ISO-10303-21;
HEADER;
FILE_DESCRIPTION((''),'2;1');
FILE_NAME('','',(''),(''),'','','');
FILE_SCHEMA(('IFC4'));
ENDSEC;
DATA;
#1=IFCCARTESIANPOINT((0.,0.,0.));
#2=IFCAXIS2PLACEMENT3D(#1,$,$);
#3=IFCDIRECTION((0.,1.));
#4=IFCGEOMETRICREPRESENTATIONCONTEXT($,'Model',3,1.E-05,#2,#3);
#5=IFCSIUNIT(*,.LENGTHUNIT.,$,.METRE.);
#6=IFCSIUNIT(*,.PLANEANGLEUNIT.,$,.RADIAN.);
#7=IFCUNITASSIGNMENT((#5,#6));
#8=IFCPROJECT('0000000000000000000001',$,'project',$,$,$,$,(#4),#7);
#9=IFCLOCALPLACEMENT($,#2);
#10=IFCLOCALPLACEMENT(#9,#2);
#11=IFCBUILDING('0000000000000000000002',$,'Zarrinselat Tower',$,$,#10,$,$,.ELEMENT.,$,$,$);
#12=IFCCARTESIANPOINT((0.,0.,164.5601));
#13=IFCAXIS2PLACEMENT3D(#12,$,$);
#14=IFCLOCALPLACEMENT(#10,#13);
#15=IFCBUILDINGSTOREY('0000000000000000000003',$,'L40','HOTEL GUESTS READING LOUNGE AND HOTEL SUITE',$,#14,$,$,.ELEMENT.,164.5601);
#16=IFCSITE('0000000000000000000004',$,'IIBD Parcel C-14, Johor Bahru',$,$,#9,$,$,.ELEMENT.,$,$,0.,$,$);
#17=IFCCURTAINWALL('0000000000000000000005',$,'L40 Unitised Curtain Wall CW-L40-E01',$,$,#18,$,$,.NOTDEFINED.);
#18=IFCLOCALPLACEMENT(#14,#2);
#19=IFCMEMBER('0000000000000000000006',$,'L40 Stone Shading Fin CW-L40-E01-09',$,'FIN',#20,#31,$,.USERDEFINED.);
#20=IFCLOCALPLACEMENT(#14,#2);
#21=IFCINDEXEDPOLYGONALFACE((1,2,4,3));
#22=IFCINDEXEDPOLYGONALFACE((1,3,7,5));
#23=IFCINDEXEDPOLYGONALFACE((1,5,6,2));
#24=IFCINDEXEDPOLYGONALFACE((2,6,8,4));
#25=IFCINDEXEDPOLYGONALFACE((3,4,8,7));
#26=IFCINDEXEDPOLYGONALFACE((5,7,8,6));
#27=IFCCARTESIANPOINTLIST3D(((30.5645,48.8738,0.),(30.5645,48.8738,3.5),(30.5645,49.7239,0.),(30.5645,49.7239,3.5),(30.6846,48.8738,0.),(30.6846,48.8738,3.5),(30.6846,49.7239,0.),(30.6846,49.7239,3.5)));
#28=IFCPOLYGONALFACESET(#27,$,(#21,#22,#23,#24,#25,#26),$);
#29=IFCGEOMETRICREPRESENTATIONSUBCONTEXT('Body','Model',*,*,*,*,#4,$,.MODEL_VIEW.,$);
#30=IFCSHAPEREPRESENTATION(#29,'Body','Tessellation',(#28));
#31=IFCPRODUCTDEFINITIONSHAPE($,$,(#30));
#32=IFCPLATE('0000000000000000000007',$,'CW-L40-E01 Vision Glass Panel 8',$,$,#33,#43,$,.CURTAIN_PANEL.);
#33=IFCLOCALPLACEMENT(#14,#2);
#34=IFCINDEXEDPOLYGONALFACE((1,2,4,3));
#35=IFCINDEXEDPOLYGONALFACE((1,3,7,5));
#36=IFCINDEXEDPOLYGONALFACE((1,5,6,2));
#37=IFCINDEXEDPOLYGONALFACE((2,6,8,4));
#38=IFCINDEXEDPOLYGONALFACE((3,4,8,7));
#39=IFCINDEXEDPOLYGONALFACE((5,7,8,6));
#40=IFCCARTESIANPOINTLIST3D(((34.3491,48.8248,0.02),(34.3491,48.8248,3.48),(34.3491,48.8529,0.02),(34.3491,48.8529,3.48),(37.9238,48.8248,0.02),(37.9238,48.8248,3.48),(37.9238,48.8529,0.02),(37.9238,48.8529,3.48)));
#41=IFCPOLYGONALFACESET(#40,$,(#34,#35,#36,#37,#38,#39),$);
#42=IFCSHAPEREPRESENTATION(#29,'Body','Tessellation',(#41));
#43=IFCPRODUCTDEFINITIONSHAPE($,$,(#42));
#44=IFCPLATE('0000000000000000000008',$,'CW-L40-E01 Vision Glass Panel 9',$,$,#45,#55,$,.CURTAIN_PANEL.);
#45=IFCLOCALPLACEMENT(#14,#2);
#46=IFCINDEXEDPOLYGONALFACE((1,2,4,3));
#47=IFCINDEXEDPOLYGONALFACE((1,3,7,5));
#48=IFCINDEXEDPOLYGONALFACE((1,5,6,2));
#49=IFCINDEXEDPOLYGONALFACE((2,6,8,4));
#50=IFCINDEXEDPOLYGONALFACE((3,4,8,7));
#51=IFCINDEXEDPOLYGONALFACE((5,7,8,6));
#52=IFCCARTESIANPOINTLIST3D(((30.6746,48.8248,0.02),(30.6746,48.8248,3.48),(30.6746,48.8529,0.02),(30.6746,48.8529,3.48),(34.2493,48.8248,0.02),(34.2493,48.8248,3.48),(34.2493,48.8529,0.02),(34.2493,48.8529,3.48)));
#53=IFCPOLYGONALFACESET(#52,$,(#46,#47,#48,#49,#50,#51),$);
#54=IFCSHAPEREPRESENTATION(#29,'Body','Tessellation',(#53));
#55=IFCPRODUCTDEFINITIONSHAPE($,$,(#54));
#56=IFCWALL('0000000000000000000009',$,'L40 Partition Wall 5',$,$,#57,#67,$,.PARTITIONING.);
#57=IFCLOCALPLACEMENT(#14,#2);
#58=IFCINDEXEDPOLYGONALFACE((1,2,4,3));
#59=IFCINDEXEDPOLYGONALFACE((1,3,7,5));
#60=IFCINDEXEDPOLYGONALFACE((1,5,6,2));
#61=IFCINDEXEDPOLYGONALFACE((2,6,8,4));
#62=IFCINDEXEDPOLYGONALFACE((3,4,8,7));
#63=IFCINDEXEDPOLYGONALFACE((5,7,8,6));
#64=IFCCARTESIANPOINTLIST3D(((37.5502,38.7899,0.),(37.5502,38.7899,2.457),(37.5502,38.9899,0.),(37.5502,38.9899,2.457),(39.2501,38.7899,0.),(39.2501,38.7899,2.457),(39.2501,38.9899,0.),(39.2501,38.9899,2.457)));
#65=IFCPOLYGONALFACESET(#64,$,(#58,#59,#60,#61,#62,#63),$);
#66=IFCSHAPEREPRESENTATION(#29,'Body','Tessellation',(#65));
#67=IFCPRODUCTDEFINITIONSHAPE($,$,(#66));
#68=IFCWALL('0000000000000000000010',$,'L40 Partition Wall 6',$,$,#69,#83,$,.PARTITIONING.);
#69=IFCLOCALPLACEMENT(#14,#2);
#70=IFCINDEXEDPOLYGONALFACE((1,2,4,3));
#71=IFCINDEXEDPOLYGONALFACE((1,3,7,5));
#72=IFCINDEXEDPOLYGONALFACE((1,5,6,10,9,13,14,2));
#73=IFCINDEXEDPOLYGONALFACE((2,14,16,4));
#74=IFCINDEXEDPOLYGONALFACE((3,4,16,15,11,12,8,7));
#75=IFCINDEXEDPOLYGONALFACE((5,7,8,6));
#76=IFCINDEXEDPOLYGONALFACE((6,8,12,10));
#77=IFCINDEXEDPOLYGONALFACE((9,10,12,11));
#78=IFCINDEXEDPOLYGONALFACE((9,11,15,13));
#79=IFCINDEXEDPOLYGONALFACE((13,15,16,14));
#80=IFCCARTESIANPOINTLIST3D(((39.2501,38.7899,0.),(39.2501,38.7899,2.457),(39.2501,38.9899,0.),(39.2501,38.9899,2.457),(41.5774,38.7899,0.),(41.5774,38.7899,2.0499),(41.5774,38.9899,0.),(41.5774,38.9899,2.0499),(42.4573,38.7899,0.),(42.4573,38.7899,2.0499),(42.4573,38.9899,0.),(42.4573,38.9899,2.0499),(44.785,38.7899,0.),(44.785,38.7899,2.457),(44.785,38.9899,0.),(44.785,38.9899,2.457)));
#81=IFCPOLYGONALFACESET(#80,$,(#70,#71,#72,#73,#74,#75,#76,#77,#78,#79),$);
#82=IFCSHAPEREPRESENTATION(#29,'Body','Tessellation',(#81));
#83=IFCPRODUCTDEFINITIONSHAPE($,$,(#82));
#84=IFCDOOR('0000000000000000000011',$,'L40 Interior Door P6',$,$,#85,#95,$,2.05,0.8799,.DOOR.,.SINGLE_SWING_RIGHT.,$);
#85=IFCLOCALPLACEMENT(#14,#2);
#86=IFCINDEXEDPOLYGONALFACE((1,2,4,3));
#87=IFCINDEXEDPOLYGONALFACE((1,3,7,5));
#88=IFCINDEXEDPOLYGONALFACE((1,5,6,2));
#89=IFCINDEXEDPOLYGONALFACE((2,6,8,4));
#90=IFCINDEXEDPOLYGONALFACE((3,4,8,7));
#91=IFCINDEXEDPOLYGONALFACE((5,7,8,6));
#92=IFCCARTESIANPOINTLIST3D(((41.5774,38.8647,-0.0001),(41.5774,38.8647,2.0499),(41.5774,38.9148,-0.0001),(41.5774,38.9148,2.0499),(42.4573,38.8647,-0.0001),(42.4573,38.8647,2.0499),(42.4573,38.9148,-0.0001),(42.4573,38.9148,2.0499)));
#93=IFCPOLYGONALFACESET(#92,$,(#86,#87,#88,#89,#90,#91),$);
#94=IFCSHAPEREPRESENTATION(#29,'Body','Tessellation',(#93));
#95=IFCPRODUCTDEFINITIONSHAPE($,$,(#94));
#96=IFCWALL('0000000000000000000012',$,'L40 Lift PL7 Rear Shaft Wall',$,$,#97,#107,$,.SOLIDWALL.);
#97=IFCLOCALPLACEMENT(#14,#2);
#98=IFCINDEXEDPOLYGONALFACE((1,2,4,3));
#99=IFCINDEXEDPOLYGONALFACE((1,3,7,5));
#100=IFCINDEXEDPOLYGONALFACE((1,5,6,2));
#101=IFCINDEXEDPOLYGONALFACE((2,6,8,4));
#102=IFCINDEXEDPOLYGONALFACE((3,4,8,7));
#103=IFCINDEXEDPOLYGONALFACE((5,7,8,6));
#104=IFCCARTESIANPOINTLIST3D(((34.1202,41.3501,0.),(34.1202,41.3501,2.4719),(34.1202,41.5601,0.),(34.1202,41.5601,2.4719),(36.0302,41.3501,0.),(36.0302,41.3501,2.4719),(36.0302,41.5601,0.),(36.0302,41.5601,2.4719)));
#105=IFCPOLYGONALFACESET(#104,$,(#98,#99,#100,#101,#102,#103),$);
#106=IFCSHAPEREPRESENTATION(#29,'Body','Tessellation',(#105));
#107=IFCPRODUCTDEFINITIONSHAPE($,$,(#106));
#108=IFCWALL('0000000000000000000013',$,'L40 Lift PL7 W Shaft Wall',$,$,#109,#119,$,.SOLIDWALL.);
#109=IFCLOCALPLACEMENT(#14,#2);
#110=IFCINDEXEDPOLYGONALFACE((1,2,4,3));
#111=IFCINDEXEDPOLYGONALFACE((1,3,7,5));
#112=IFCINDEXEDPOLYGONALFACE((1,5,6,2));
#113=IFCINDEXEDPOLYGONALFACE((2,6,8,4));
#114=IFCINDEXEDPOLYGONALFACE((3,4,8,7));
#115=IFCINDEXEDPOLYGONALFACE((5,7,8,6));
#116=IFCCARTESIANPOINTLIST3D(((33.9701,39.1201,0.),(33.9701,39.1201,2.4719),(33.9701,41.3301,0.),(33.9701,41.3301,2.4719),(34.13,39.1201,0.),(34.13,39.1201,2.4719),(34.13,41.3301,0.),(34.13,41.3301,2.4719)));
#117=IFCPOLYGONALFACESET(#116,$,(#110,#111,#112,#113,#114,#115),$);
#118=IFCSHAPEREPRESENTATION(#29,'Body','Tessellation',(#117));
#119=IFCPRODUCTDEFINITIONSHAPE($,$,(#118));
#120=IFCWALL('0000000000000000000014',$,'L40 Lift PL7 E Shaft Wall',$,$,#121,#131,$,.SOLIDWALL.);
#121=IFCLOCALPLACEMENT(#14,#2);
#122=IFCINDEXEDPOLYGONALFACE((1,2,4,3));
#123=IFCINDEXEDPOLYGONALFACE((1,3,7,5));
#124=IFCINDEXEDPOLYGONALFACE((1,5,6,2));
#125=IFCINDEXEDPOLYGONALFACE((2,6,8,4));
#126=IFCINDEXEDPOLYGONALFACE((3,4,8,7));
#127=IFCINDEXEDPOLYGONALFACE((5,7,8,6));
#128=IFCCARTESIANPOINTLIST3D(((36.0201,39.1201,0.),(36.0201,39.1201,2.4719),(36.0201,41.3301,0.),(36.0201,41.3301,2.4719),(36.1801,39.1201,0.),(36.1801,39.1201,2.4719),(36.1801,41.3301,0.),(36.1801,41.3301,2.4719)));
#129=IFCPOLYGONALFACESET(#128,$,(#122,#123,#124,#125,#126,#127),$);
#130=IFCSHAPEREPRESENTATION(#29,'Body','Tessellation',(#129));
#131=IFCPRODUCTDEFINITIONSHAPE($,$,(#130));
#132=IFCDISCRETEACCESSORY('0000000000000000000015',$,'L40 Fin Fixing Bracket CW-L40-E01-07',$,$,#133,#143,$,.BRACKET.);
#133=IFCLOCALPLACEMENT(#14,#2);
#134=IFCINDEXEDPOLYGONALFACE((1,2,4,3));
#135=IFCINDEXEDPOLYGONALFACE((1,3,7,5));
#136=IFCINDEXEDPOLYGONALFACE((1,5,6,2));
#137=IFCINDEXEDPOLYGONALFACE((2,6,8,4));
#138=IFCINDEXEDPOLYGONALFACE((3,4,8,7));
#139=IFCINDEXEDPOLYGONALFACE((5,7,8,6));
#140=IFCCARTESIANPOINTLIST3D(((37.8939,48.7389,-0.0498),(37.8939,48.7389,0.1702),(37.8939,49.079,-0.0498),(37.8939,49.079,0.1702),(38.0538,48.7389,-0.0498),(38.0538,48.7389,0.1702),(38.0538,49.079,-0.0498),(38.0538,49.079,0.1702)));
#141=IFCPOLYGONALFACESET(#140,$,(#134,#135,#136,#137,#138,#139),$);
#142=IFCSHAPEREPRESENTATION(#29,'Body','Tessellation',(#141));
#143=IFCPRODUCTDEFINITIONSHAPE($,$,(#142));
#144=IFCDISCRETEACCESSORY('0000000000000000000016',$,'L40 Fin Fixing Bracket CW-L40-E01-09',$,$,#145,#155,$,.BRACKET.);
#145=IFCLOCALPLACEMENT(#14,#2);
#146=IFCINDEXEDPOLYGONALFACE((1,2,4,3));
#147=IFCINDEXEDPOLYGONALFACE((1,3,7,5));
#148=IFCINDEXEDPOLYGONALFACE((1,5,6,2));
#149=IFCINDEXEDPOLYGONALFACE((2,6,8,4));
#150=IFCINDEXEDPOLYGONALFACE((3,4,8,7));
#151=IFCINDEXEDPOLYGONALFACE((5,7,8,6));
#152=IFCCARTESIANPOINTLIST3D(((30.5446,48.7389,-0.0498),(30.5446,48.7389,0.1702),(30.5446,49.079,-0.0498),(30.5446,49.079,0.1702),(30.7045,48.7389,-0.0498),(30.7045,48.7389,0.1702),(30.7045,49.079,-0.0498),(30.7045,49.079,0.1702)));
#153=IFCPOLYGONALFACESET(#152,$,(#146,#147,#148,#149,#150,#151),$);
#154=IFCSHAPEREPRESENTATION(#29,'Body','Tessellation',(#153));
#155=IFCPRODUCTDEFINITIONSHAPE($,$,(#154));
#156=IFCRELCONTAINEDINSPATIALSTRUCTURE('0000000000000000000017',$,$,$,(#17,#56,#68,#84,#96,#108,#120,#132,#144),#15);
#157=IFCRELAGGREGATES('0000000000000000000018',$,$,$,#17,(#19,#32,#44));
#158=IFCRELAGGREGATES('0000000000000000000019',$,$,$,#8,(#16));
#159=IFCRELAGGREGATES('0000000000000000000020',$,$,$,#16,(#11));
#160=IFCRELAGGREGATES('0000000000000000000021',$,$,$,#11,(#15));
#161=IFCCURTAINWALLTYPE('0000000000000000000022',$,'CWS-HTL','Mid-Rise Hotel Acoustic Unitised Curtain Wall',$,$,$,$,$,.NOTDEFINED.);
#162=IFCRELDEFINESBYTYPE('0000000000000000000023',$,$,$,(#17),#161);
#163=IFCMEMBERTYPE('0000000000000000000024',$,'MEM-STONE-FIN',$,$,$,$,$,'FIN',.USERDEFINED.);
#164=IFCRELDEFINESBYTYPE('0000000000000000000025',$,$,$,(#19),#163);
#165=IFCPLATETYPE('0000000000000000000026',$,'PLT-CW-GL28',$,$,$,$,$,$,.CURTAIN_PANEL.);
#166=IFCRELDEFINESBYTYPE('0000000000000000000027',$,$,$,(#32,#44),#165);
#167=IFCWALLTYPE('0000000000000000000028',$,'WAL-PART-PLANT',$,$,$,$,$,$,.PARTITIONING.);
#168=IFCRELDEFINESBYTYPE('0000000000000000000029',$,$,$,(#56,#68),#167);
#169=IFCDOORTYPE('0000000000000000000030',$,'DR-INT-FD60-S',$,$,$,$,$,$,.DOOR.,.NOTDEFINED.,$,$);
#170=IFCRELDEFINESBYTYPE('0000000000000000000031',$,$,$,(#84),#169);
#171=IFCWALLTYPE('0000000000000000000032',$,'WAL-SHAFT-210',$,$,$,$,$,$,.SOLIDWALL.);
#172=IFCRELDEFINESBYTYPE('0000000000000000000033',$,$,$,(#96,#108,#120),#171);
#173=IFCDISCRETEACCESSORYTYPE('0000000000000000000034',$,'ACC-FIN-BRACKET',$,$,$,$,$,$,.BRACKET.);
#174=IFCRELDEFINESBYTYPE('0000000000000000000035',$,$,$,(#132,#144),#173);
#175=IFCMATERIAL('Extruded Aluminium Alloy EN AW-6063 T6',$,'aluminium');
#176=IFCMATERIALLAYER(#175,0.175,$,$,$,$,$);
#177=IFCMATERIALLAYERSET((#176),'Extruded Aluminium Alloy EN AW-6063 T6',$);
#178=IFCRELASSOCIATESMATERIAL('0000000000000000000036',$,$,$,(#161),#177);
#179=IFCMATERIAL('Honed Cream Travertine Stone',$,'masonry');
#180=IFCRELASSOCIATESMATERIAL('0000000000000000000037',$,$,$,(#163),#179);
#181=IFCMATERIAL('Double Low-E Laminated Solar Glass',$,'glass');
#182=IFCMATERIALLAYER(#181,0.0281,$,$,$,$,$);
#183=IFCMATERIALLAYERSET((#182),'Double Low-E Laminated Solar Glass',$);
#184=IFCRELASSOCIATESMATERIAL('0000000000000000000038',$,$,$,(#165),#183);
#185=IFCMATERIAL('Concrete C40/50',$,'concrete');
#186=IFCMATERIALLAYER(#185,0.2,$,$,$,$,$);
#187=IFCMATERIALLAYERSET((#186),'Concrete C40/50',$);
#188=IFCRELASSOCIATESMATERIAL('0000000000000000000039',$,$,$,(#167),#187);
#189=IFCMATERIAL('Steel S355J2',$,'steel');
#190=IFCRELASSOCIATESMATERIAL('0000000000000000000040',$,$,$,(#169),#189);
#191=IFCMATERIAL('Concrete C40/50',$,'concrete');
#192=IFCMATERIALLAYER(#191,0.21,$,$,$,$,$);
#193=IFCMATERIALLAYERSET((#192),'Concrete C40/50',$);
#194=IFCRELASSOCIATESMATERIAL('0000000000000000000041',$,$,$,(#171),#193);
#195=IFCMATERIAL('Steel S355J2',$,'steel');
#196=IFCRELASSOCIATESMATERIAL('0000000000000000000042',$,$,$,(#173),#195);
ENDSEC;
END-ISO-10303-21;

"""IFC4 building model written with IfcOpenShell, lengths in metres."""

from ifc_helpers import new_model, si_unit, direction, frame, frame_2d, origin, origin_2d, place, context, subcontext, project, spatial, rectangle, extrude, material, layer, layer_set, material_profile, profile_set, type_object, element, fill, aggregate, save


model = new_model("IFC4")

# Units and contexts
model_context = context("Model", 3, precision=1e-05, world=origin(), true_north=direction((0.0, 1.0)))
body_context = subcontext(model_context, "Body", "Model", "MODEL_VIEW")
ifc_project = project(units=[si_unit("LENGTHUNIT", "METRE"), si_unit("PLANEANGLEUNIT", "RADIAN")], contexts=[model_context])

# Site, building, storey
site_placement = place(None, origin())
site = spatial("IfcSite", under=ifc_project, at=site_placement, Name="IIBD Parcel C-14, Johor Bahru", CompositionType="ELEMENT", RefElevation=0.0)
building_placement = place(site_placement, origin())
building = spatial("IfcBuilding", under=site, at=building_placement, Name="Zarrinselat Tower", CompositionType="ELEMENT")
storey_placement = place(building_placement, frame((0.0, 0.0, 164.5601)))
storey = spatial("IfcBuildingStorey", under=building, at=storey_placement, Name="L40", Description="HOTEL GUESTS READING LOUNGE AND HOTEL SUITE", CompositionType="ELEMENT", Elevation=164.5601)

# Curtain wall, member, plates
ifc_material_1 = material(Name="Extruded Aluminium Alloy EN AW-6063 T6", Category="aluminium")
ifc_layer_1 = layer(ifc_material_1, 0.175)
ifc_layer_set_1 = layer_set([ifc_layer_1], Name="Extruded Aluminium Alloy EN AW-6063 T6")
curtain_wall_type = type_object("IfcCurtainWallType", Name="CWS-HTL", Description="Mid-Rise Hotel Acoustic Unitised Curtain Wall", PredefinedType="NOTDEFINED", material=ifc_layer_set_1)
curtain_wall_placement = place(storey_placement, origin())
curtain_wall = element("IfcCurtainWall", 1, at=curtain_wall_placement, inside=storey, type_object=curtain_wall_type, Name="L40 Unitised Curtain Wall CW-L40-E01", PredefinedType="NOTDEFINED")
ifc_material_2 = material(Name="Honed Cream Travertine Stone", Category="masonry")
ifc_material_profile_1 = material_profile(ifc_material_2, rectangle(XDim=0.1201, YDim=0.8501, at=origin_2d()), Name="FIN 850x120")
ifc_profile_set_1 = profile_set([ifc_material_profile_1], Name="Honed Cream Travertine Stone")
member_type_1 = type_object("IfcMemberType", Name="MEM-STONE-FIN", ElementType="FIN", PredefinedType="USERDEFINED", material=ifc_profile_set_1)
member_1_placement = place(storey_placement, frame((30.6245, 49.2988, 0.0), z_axis=(0.0, 0.0, 1.0), x_axis=(1.0, 0.0, 0.0)))
member_1 = element("IfcMember", 2, at=member_1_placement, type_object=member_type_1, Name="L40 Stone Shading Fin CW-L40-E01-09", ObjectType="FIN", PredefinedType="USERDEFINED", context=body_context, shape_type="SweptSolid", body=[
    extrude(rectangle(XDim=0.1201, YDim=0.8501, at=origin_2d()), origin(), (0.0, 0.0, 1.0), 3.5),
])
ifc_material_3 = material(Name="Double Low-E Laminated Solar Glass", Category="glass")
ifc_layer_2 = layer(ifc_material_3, 0.0281)
ifc_layer_set_2 = layer_set([ifc_layer_2], Name="Double Low-E Laminated Solar Glass")
plate_type = type_object("IfcPlateType", Name="PLT-CW-GL28", PredefinedType="CURTAIN_PANEL", material=ifc_layer_set_2)
plate_1_placement = place(storey_placement, frame((36.1365, 48.8389, 0.02), z_axis=(0.0, 0.0, 1.0), x_axis=(-1.0, 0.0, 0.0)))
plate_1 = element("IfcPlate", 3, at=plate_1_placement, type_object=plate_type, Name="CW-L40-E01 Vision Glass Panel 8", PredefinedType="CURTAIN_PANEL", context=body_context, shape_type="SweptSolid", body=[
    extrude(rectangle(XDim=3.5747, YDim=0.0281, at=origin_2d()), origin(), (0.0, 0.0, 1.0), 3.46),
])
plate_2_placement = place(storey_placement, frame((32.4619, 48.8389, 0.02), z_axis=(0.0, 0.0, 1.0), x_axis=(-1.0, 0.0, 0.0)))
plate_2 = element("IfcPlate", 4, at=plate_2_placement, type_object=plate_type, Name="CW-L40-E01 Vision Glass Panel 9", PredefinedType="CURTAIN_PANEL", context=body_context, shape_type="SweptSolid", body=[
    extrude(rectangle(XDim=3.5747, YDim=0.0281, at=origin_2d()), origin(), (0.0, 0.0, 1.0), 3.46),
])
aggregate(curtain_wall, [member_1, plate_1, plate_2])

# Wall
ifc_material_4 = material(Name="Concrete C40/50", Category="concrete")
ifc_layer_3 = layer(ifc_material_4, 0.2)
ifc_layer_set_3 = layer_set([ifc_layer_3], Name="Concrete C40/50")
wall_type_1 = type_object("IfcWallType", Name="WAL-PART-PLANT", PredefinedType="PARTITIONING", material=ifc_layer_set_3)
wall_1_placement = place(storey_placement, frame((37.55, 38.8899, 0.0), z_axis=(0.0, 0.0, 1.0), x_axis=(1.0, 0.0, 0.0)))
element("IfcWall", 5, at=wall_1_placement, inside=storey, type_object=wall_type_1, Name="L40 Partition Wall 5", PredefinedType="PARTITIONING", context=body_context, shape_type="SweptSolid", body=[
    extrude(rectangle(XDim=1.7, YDim=0.2, at=frame_2d((0.8501, 0.0))), origin(), (0.0, 0.0, 1.0), 2.457),
])

# Wall, opening, door
wall_2_placement = place(storey_placement, frame((39.25, 38.8899, 0.0), z_axis=(0.0, 0.0, 1.0), x_axis=(1.0, 0.0, 0.0)))
wall_2 = element("IfcWall", 6, at=wall_2_placement, inside=storey, type_object=wall_type_1, Name="L40 Partition Wall 6", PredefinedType="PARTITIONING", context=body_context, shape_type="SweptSolid", body=[
    extrude(rectangle(XDim=5.5349, YDim=0.2, at=frame_2d((2.7676, 0.0))), origin(), (0.0, 0.0, 1.0), 2.457),
])
opening_placement = place(wall_2_placement, frame((2.3274, 0.0, 0.0)))
opening = element("IfcOpeningElement", 7, at=opening_placement, cuts=wall_2, PredefinedType="OPENING", context=body_context, shape_type="SweptSolid", body=[
    extrude(rectangle(XDim=0.8799, YDim=2.05, at=frame_2d((0.4399, 1.0249))), frame((0.0, 0.1099, 0.0), z_axis=(0.0, -1.0, 0.0), x_axis=(1.0, 0.0, 0.0)), (0.0, 0.0, 1.0), 0.22),
])
ifc_material_5 = material(Name="Steel S355J2", Category="steel")
door_type = type_object("IfcDoorType", Name="DR-INT-FD60-S", OperationType="NOTDEFINED", PredefinedType="DOOR", material=ifc_material_5)
door_placement = place(opening_placement, origin())
door = element("IfcDoor", 8, at=door_placement, inside=storey, type_object=door_type, Name="L40 Interior Door P6", OperationType="SINGLE_SWING_RIGHT", OverallHeight=2.05, OverallWidth=0.8799, PredefinedType="DOOR", context=body_context, shape_type="SweptSolid", body=[
    extrude(rectangle(XDim=0.8799, YDim=2.05, at=frame_2d((0.4399, 1.0249))), frame((0.0, 0.0249, 0.0), z_axis=(0.0, -1.0, 0.0), x_axis=(1.0, 0.0, 0.0)), (0.0, 0.0, 1.0), 0.05),
])
fill(opening, door)

# Walls
ifc_material_6 = material(Name="Concrete C40/50", Category="concrete")
ifc_layer_4 = layer(ifc_material_6, 0.21)
ifc_layer_set_4 = layer_set([ifc_layer_4], Name="Concrete C40/50")
wall_type_2 = type_object("IfcWallType", Name="WAL-SHAFT-210", PredefinedType="SOLIDWALL", material=ifc_layer_set_4)
wall_3_placement = place(storey_placement, frame((34.1201, 41.4551, 0.0), z_axis=(0.0, 0.0, 1.0), x_axis=(1.0, 0.0, 0.0)))
element("IfcWall", 9, at=wall_3_placement, inside=storey, type_object=wall_type_2, Name="L40 Lift PL7 Rear Shaft Wall", PredefinedType="SOLIDWALL", context=body_context, shape_type="SweptSolid", body=[
    extrude(rectangle(XDim=1.9099, YDim=0.21, at=frame_2d((0.9551, 0.0))), origin(), (0.0, 0.0, 1.0), 2.4719),
])
for number, where, z_axis, x_axis, name in (
    (10, (34.05, 39.1201, 0.0), (0.0, 0.0, 1.0), (0.0, 1.0, 0.0), "L40 Lift PL7 W Shaft Wall"),
    (11, (36.1001, 39.1201, 0.0), (0.0, 0.0, 1.0), (0.0, 1.0, 0.0), "L40 Lift PL7 E Shaft Wall"),
):
    element("IfcWall", number, at=place(storey_placement, frame(where, z_axis=z_axis, x_axis=x_axis)), inside=storey, type_object=wall_type_2, Name=name, PredefinedType="SOLIDWALL", context=body_context, shape_type="SweptSolid", body=[
        extrude(rectangle(XDim=2.21, YDim=0.1599, at=frame_2d((1.105, 0.0))), origin(), (0.0, 0.0, 1.0), 2.4719),
    ])

# Discrete accessories
ifc_material_7 = material(Name="Steel S355J2", Category="steel")
discrete_accessory_type = type_object("IfcDiscreteAccessoryType", Name="ACC-FIN-BRACKET", PredefinedType="BRACKET", material=ifc_material_7)
for number, where, z_axis, x_axis, name in (
    (12, (37.9739, 48.9089, -0.0498), (0.0, 0.0, 1.0), (0.0, 1.0, 0.0), "L40 Fin Fixing Bracket CW-L40-E01-07"),
    (13, (30.6245, 48.9089, -0.0498), (0.0, 0.0, 1.0), (0.0, 1.0, 0.0), "L40 Fin Fixing Bracket CW-L40-E01-09"),
):
    element("IfcDiscreteAccessory", number, at=place(storey_placement, frame(where, z_axis=z_axis, x_axis=x_axis)), inside=storey, type_object=discrete_accessory_type, Name=name, PredefinedType="BRACKET", context=body_context, shape_type="SweptSolid", body=[
        extrude(rectangle(XDim=0.3401, YDim=0.1599, at=origin_2d()), origin(), (0.0, 0.0, 1.0), 0.22),
    ])

save(model, "model.ifc")
